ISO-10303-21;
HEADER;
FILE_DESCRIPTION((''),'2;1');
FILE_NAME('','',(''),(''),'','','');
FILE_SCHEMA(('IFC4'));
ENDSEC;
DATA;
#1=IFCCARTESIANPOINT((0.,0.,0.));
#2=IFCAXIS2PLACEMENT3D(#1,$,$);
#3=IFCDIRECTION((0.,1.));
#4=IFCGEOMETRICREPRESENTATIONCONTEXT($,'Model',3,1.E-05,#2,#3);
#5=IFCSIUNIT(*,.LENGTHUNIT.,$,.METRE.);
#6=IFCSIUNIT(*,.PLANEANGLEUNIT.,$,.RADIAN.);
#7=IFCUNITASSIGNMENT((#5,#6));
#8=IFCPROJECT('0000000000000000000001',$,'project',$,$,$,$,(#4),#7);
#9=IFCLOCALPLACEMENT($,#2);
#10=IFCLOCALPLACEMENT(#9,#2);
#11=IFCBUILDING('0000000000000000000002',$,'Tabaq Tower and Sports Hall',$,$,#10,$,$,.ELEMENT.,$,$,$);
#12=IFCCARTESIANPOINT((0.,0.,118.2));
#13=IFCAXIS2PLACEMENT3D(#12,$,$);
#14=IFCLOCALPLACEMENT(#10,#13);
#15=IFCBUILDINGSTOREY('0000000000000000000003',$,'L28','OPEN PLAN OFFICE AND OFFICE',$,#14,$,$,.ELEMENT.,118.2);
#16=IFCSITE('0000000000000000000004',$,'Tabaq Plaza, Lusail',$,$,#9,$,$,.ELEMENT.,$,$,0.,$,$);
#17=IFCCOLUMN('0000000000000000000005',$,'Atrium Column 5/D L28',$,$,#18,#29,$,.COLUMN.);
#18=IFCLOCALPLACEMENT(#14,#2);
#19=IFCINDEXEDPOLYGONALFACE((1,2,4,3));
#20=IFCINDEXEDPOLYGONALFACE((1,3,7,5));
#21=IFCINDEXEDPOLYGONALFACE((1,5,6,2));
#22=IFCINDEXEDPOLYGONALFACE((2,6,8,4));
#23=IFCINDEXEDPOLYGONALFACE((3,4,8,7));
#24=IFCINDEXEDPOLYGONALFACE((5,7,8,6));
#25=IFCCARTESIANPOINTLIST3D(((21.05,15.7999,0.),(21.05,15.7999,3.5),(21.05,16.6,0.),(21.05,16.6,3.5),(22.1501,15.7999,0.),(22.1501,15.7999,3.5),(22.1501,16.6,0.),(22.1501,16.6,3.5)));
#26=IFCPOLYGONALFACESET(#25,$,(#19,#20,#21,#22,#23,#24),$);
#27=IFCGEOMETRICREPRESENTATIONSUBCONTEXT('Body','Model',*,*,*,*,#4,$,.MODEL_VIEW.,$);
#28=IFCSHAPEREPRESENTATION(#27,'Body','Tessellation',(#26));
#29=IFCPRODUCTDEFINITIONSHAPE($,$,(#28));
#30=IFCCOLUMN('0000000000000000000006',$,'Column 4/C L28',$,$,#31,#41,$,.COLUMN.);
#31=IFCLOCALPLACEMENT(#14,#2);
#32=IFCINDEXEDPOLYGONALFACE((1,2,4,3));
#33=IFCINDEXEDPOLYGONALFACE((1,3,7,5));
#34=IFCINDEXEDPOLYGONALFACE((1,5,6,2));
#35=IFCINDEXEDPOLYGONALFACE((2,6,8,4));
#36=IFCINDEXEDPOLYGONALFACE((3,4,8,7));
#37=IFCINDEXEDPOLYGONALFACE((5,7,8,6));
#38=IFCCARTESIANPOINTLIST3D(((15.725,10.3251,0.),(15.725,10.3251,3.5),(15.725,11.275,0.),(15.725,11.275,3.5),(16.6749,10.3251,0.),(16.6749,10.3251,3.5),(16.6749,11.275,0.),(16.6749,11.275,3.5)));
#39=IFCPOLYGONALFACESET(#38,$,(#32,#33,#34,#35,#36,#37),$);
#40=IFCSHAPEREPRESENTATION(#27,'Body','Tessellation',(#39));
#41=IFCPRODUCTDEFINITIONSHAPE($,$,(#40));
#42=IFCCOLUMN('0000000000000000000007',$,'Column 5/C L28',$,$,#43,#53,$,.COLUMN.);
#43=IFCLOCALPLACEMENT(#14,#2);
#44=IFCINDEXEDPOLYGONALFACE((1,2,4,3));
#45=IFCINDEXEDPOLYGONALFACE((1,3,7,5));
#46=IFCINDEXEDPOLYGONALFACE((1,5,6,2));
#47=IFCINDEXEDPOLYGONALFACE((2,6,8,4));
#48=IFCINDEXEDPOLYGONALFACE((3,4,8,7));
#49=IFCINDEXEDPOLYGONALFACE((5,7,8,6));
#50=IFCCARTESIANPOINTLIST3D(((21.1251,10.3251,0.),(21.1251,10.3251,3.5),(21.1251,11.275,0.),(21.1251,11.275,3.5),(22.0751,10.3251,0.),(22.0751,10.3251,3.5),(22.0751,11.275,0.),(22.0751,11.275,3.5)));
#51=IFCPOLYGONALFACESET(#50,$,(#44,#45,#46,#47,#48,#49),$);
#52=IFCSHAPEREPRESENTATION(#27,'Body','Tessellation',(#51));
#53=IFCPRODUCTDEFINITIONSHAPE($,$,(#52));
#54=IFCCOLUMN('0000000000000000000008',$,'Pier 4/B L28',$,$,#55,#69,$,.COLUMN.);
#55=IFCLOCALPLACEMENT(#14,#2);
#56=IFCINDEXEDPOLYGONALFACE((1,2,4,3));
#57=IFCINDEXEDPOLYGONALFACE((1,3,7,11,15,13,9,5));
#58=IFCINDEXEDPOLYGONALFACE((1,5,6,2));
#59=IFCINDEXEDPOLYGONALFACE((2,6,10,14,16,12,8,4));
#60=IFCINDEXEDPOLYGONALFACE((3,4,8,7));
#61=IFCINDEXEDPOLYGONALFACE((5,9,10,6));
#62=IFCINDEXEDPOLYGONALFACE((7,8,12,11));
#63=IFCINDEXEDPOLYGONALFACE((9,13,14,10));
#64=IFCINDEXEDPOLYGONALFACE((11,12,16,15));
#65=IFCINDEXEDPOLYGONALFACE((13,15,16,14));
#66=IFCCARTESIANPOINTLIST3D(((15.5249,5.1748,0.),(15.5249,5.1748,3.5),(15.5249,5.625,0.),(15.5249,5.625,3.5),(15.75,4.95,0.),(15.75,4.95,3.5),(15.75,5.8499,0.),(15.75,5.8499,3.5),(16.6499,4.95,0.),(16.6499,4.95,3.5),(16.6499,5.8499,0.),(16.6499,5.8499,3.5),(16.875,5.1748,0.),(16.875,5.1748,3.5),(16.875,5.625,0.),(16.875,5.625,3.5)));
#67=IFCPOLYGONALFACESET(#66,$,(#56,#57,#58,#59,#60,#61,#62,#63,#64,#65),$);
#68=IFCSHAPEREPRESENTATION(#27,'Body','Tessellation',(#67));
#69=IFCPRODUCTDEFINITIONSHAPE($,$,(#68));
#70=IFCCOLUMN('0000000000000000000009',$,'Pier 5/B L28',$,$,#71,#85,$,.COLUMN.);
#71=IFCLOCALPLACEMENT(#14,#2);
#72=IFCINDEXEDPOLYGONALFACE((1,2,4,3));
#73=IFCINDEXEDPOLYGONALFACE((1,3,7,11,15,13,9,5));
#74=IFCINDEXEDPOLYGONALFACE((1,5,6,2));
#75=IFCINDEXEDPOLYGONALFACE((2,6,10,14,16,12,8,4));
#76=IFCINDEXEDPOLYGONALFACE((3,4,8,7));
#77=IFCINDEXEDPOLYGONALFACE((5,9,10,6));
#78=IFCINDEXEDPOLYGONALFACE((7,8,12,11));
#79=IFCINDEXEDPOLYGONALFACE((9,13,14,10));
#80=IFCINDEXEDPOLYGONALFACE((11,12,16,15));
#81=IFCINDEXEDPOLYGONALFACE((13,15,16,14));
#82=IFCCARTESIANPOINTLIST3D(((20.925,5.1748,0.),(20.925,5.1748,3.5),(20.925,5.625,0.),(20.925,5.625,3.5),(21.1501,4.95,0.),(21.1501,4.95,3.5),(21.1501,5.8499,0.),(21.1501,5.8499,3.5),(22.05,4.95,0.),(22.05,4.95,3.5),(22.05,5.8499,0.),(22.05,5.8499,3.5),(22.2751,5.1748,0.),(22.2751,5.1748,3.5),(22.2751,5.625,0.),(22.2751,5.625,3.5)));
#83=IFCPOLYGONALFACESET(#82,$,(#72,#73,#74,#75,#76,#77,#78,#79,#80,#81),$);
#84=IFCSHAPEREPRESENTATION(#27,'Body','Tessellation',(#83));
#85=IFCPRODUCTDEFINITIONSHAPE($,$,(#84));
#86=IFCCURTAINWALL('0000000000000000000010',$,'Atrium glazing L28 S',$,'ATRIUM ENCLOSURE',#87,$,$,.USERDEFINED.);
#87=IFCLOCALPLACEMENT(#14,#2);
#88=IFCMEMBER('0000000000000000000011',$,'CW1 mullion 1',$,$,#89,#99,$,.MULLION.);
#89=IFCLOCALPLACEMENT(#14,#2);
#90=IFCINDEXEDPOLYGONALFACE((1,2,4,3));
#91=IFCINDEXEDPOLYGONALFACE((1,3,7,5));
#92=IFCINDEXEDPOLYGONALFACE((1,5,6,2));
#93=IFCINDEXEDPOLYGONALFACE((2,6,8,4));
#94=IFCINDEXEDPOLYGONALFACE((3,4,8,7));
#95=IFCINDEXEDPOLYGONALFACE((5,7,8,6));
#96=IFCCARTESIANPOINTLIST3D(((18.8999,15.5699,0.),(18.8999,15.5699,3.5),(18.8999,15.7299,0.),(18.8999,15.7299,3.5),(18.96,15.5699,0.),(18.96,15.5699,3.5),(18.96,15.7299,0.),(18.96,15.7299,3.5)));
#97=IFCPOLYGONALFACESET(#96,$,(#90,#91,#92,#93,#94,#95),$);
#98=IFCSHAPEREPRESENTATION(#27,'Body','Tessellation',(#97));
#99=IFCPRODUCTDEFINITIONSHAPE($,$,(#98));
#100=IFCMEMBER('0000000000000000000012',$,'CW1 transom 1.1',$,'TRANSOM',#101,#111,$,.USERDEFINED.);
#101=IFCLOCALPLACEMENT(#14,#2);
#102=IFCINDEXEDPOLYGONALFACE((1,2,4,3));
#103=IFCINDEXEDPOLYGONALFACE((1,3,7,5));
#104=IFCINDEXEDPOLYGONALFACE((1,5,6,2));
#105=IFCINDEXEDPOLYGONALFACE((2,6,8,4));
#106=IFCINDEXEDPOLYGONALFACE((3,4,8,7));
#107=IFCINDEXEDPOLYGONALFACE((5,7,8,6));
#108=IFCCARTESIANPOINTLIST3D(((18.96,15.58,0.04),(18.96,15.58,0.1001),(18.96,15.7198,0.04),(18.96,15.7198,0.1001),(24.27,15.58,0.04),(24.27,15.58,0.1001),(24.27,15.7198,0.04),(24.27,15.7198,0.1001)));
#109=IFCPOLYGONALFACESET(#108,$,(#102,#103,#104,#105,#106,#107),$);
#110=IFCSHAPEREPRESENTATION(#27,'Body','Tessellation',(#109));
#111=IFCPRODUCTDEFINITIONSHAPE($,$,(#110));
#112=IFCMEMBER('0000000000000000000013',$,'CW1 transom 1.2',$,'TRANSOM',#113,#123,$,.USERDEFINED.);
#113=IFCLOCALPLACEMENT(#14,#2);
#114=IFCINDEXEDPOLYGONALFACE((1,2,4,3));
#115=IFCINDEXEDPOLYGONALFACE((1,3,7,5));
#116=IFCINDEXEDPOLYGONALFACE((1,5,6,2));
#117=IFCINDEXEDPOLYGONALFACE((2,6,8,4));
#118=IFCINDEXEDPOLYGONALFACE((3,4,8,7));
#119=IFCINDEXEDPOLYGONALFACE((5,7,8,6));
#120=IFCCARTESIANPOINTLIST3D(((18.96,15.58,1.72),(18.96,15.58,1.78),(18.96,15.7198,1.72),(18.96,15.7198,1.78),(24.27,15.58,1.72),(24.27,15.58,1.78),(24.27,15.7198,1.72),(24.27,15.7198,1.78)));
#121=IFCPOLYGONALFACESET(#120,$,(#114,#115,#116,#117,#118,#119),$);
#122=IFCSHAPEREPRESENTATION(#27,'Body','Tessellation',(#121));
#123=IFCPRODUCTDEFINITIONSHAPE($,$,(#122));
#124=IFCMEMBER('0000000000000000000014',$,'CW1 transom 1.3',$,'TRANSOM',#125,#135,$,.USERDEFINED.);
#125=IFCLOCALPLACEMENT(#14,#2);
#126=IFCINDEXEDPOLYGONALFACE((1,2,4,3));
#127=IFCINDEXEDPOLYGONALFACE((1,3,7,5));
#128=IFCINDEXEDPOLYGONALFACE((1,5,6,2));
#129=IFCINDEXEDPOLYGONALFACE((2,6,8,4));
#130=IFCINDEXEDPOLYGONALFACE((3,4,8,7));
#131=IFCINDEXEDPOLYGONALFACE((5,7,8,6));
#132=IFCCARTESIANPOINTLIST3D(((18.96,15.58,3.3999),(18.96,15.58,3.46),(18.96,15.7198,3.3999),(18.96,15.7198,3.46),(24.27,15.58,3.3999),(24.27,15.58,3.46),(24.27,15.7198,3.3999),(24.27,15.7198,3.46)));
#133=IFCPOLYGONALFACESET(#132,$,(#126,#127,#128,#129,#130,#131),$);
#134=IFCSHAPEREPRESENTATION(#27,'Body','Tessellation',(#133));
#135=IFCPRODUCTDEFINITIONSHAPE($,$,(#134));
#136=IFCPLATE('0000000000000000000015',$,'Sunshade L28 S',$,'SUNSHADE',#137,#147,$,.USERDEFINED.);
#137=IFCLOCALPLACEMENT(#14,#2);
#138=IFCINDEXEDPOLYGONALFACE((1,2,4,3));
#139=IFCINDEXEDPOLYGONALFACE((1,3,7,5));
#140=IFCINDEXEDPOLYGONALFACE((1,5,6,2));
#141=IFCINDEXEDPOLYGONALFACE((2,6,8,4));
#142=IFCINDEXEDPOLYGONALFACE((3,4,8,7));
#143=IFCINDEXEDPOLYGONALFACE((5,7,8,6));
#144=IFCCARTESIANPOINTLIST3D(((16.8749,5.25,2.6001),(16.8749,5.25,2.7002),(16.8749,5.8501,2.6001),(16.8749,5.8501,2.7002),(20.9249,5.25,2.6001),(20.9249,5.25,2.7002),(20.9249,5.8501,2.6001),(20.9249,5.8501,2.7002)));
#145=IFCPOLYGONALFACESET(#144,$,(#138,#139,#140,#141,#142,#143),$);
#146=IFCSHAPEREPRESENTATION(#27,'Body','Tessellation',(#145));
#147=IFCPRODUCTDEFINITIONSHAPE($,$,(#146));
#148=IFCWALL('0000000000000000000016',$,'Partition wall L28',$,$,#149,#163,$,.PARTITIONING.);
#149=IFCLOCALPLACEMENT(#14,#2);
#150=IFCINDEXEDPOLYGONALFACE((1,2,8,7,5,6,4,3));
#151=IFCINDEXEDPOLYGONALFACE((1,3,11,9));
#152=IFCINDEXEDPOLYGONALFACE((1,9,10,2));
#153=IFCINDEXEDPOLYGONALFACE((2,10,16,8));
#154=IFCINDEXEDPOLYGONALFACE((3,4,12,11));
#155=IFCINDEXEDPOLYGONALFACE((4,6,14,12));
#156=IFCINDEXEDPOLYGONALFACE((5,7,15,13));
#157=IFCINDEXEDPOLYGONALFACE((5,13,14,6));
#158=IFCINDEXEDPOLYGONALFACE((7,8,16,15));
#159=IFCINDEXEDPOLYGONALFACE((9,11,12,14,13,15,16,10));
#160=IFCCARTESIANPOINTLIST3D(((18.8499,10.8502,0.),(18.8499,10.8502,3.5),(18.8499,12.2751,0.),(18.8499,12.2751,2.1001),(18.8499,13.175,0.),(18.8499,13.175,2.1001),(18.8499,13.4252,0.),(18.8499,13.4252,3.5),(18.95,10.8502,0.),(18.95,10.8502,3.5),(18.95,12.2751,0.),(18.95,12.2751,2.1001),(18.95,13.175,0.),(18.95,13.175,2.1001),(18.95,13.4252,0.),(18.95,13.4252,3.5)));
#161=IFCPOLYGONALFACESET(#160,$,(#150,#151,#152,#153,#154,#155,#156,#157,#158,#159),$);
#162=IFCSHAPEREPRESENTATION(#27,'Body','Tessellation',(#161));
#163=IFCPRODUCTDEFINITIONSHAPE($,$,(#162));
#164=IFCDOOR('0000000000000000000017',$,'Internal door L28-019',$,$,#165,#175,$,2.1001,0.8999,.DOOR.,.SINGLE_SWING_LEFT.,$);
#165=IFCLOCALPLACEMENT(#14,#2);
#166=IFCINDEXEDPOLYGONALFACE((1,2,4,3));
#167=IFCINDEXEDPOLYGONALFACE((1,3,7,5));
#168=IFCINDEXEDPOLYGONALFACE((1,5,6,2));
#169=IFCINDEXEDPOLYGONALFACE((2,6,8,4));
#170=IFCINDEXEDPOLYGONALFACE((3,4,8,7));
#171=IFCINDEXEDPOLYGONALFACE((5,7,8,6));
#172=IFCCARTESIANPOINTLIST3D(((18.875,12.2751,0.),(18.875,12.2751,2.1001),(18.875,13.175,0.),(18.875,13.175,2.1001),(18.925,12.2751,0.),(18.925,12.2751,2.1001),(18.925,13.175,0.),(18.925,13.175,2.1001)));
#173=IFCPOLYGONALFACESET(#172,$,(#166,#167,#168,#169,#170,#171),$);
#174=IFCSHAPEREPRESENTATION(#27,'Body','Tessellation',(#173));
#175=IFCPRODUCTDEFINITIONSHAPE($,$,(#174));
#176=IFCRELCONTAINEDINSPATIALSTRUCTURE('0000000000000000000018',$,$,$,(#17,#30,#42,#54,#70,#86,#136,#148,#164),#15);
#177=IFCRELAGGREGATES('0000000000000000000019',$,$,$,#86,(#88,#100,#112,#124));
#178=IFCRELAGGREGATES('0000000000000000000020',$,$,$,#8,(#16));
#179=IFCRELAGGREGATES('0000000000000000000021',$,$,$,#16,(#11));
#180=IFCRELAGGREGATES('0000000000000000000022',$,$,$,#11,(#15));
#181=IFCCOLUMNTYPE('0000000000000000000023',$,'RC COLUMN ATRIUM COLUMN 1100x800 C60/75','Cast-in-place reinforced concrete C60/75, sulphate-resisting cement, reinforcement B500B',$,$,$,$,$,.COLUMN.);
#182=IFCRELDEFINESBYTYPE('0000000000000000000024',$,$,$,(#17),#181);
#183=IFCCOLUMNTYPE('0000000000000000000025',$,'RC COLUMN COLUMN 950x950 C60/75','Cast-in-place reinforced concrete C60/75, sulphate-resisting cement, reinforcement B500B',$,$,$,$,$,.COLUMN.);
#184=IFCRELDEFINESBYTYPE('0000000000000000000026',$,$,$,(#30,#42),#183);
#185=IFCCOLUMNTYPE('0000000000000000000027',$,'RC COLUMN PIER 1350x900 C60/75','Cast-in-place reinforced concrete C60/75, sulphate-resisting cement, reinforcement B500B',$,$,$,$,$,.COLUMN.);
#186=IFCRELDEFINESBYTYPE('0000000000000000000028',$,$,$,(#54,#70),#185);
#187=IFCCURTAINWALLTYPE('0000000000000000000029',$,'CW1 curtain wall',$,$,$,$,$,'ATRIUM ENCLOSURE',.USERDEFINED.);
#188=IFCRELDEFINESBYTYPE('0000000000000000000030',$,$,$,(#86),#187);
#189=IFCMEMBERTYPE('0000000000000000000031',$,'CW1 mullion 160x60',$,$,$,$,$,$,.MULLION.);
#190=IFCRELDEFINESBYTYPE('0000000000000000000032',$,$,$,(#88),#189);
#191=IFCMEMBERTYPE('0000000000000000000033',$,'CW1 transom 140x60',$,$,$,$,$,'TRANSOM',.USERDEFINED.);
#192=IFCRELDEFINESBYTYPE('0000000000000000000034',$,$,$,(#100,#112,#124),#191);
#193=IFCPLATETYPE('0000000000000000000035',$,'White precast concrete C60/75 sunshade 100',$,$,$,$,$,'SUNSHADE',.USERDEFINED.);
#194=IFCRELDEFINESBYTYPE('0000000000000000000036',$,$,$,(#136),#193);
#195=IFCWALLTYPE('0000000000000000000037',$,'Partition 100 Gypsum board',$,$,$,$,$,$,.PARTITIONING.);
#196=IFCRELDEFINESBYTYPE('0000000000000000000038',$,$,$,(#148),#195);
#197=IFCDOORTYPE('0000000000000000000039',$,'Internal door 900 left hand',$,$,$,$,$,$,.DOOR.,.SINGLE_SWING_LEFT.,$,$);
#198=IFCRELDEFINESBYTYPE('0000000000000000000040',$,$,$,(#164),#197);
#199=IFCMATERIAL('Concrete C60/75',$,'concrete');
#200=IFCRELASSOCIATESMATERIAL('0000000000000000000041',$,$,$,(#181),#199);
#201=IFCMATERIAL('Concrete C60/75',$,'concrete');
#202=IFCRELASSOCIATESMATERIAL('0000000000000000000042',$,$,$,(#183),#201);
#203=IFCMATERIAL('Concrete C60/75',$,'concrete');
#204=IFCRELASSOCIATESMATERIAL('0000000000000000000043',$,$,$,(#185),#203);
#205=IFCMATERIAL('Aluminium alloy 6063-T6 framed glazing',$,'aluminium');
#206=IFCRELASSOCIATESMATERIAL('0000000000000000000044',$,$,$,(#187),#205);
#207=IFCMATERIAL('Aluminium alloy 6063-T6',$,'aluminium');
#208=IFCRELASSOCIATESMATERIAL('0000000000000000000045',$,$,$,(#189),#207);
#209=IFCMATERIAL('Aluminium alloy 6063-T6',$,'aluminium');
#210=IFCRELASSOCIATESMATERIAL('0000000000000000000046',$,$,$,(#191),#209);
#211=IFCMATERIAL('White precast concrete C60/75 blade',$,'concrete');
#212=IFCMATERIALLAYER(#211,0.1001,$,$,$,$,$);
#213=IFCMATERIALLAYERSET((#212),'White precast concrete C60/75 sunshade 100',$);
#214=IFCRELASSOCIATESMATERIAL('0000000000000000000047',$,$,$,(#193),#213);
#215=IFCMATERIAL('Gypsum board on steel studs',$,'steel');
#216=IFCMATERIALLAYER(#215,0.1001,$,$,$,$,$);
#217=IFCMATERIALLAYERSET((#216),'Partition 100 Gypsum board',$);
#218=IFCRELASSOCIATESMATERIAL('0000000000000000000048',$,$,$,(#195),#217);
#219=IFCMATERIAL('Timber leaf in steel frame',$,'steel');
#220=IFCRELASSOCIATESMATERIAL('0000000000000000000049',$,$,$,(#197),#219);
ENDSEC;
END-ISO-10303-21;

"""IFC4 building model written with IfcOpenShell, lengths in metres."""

from ifc_helpers import new_model, si_unit, direction, frame, frame_2d, origin, origin_2d, place, context, subcontext, project, spatial, polyline, rectangle, outline, extrude, material, layer, layer_set, material_profile, profile_set, type_object, element, fill, aggregate, save


model = new_model("IFC4")

# Units and contexts
model_context = context("Model", 3, precision=1e-05, world=origin(), true_north=direction((0.0, 1.0)))
body_context = subcontext(model_context, "Body", "Model", "MODEL_VIEW")
ifc_project = project(units=[si_unit("LENGTHUNIT", "METRE"), si_unit("PLANEANGLEUNIT", "RADIAN")], contexts=[model_context])

# Site, building, storey
site_placement = place(None, origin())
site = spatial("IfcSite", under=ifc_project, at=site_placement, Name="Tabaq Plaza, Lusail", CompositionType="ELEMENT", RefElevation=0.0)
building_placement = place(site_placement, origin())
building = spatial("IfcBuilding", under=site, at=building_placement, Name="Tabaq Tower and Sports Hall", CompositionType="ELEMENT")
storey_placement = place(building_placement, frame((0.0, 0.0, 118.2)))
storey = spatial("IfcBuildingStorey", under=building, at=storey_placement, Name="L28", Description="OPEN PLAN OFFICE AND OFFICE", CompositionType="ELEMENT", Elevation=118.2)

# Columns
ifc_material_1 = material(Name="Concrete C60/75", Category="concrete")
ifc_material_profile_1 = material_profile(ifc_material_1, rectangle(XDim=1.1001, YDim=0.8, at=origin_2d()), Name="ATRIUM COLUMN 1100x800")
ifc_profile_set_1 = profile_set([ifc_material_profile_1], Name="Concrete C60/75")
column_type_1 = type_object("IfcColumnType", Name="RC COLUMN ATRIUM COLUMN 1100x800 C60/75", Description="Cast-in-place reinforced concrete C60/75, sulphate-resisting cement, reinforcement B500B", PredefinedType="COLUMN", material=ifc_profile_set_1)
column_placement = place(storey_placement, frame((21.6001, 16.2, 0.0), z_axis=(0.0, 0.0, 1.0), x_axis=(1.0, 0.0, 0.0)))
element("IfcColumn", 1, at=column_placement, inside=storey, type_object=column_type_1, Name="Atrium Column 5/D L28", PredefinedType="COLUMN", context=body_context, shape_type="SweptSolid", body=[
    extrude(rectangle(XDim=1.1001, YDim=0.8, at=origin_2d()), origin(), (0.0, 0.0, 1.0), 3.5),
])
ifc_material_2 = material(Name="Concrete C60/75", Category="concrete")
ifc_material_profile_2 = material_profile(ifc_material_2, rectangle(XDim=0.95, YDim=0.95, at=origin_2d()), Name="COLUMN 950x950")
ifc_profile_set_2 = profile_set([ifc_material_profile_2], Name="Concrete C60/75")
column_type_2 = type_object("IfcColumnType", Name="RC COLUMN COLUMN 950x950 C60/75", Description="Cast-in-place reinforced concrete C60/75, sulphate-resisting cement, reinforcement B500B", PredefinedType="COLUMN", material=ifc_profile_set_2)
for number, where, z_axis, x_axis, name in (
    (2, (16.2, 10.8, 0.0), (0.0, 0.0, 1.0), (1.0, 0.0, 0.0), "Column 4/C L28"),
    (3, (21.6001, 10.8, 0.0), (0.0, 0.0, 1.0), (1.0, 0.0, 0.0), "Column 5/C L28"),
):
    element("IfcColumn", number, at=place(storey_placement, frame(where, z_axis=z_axis, x_axis=x_axis)), inside=storey, type_object=column_type_2, Name=name, PredefinedType="COLUMN", context=body_context, shape_type="SweptSolid", body=[
        extrude(rectangle(XDim=0.95, YDim=0.95, at=origin_2d()), origin(), (0.0, 0.0, 1.0), 3.5),
    ])
ifc_material_3 = material(Name="Concrete C60/75", Category="concrete")
ifc_material_profile_3 = material_profile(ifc_material_3, outline(polyline([(-0.45, -0.45), (0.45, -0.45), (0.675, -0.2251), (0.675, 0.2251), (0.45, 0.45), (-0.45, 0.45), (-0.675, 0.2251), (-0.675, -0.2251), (-0.45, -0.45)])), Name="PIER 1350x900")
ifc_profile_set_3 = profile_set([ifc_material_profile_3], Name="Concrete C60/75")
column_type_3 = type_object("IfcColumnType", Name="RC COLUMN PIER 1350x900 C60/75", Description="Cast-in-place reinforced concrete C60/75, sulphate-resisting cement, reinforcement B500B", PredefinedType="COLUMN", material=ifc_profile_set_3)
for number, where, z_axis, x_axis, name in (
    (4, (16.2, 5.3999, 0.0), (0.0, 0.0, 1.0), (1.0, 0.0, 0.0), "Pier 4/B L28"),
    (5, (21.6001, 5.3999, 0.0), (0.0, 0.0, 1.0), (1.0, 0.0, 0.0), "Pier 5/B L28"),
):
    element("IfcColumn", number, at=place(storey_placement, frame(where, z_axis=z_axis, x_axis=x_axis)), inside=storey, type_object=column_type_3, Name=name, PredefinedType="COLUMN", context=body_context, shape_type="SweptSolid", body=[
        extrude(outline(polyline([(-0.45, -0.45), (0.45, -0.45), (0.675, -0.2251), (0.675, 0.2251), (0.45, 0.45), (-0.45, 0.45), (-0.675, 0.2251), (-0.675, -0.2251), (-0.45, -0.45)])), origin(), (0.0, 0.0, 1.0), 3.5),
    ])

# Curtain wall, members
ifc_material_4 = material(Name="Aluminium alloy 6063-T6 framed glazing", Category="aluminium")
curtain_wall_type = type_object("IfcCurtainWallType", Name="CW1 curtain wall", ElementType="ATRIUM ENCLOSURE", PredefinedType="USERDEFINED", material=ifc_material_4)
curtain_wall_placement = place(storey_placement, origin())
curtain_wall = element("IfcCurtainWall", 6, at=curtain_wall_placement, inside=storey, type_object=curtain_wall_type, Name="Atrium glazing L28 S", ObjectType="ATRIUM ENCLOSURE", PredefinedType="USERDEFINED")
ifc_material_5 = material(Name="Aluminium alloy 6063-T6", Category="aluminium")
ifc_material_profile_4 = material_profile(ifc_material_5, rectangle(XDim=0.1599, YDim=0.0601, at=origin_2d()), Name="MULLION 160x60")
ifc_profile_set_4 = profile_set([ifc_material_profile_4], Name="Aluminium alloy 6063-T6")
member_type_1 = type_object("IfcMemberType", Name="CW1 mullion 160x60", PredefinedType="MULLION", material=ifc_profile_set_4)
member_1_placement = place(storey_placement, frame((18.9299, 15.6499, 0.0), z_axis=(0.0, 0.0, 1.0), x_axis=(0.0, 1.0, 0.0)))
member_1 = element("IfcMember", 7, at=member_1_placement, type_object=member_type_1, Name="CW1 mullion 1", PredefinedType="MULLION", context=body_context, shape_type="SweptSolid", body=[
    extrude(rectangle(XDim=0.1599, YDim=0.0601, at=origin_2d()), origin(), (0.0, 0.0, 1.0), 3.5),
])
ifc_material_6 = material(Name="Aluminium alloy 6063-T6", Category="aluminium")
ifc_material_profile_5 = material_profile(ifc_material_6, rectangle(XDim=0.1399, YDim=0.0601, at=origin_2d()), Name="TRANSOM 140x60")
ifc_profile_set_5 = profile_set([ifc_material_profile_5], Name="Aluminium alloy 6063-T6")
member_type_2 = type_object("IfcMemberType", Name="CW1 transom 140x60", ElementType="TRANSOM", PredefinedType="USERDEFINED", material=ifc_profile_set_5)
member_2_placement = place(storey_placement, frame((18.96, 15.6499, 0.0701), z_axis=(1.0, 0.0, 0.0), x_axis=(0.0, 1.0, 0.0)))
member_2 = element("IfcMember", 8, at=member_2_placement, type_object=member_type_2, Name="CW1 transom 1.1", ObjectType="TRANSOM", PredefinedType="USERDEFINED", context=body_context, shape_type="SweptSolid", body=[
    extrude(rectangle(XDim=0.1399, YDim=0.0601, at=origin_2d()), origin(), (0.0, 0.0, 1.0), 5.3101),
])
member_3_placement = place(storey_placement, frame((18.96, 15.6499, 1.75), z_axis=(1.0, 0.0, 0.0), x_axis=(0.0, 1.0, 0.0)))
member_3 = element("IfcMember", 9, at=member_3_placement, type_object=member_type_2, Name="CW1 transom 1.2", ObjectType="TRANSOM", PredefinedType="USERDEFINED", context=body_context, shape_type="SweptSolid", body=[
    extrude(rectangle(XDim=0.1399, YDim=0.0601, at=origin_2d()), origin(), (0.0, 0.0, 1.0), 5.3101),
])
member_4_placement = place(storey_placement, frame((18.96, 15.6499, 3.4299), z_axis=(1.0, 0.0, 0.0), x_axis=(0.0, 1.0, 0.0)))
member_4 = element("IfcMember", 10, at=member_4_placement, type_object=member_type_2, Name="CW1 transom 1.3", ObjectType="TRANSOM", PredefinedType="USERDEFINED", context=body_context, shape_type="SweptSolid", body=[
    extrude(rectangle(XDim=0.1399, YDim=0.0601, at=origin_2d()), origin(), (0.0, 0.0, 1.0), 5.3101),
])
aggregate(curtain_wall, [member_1, member_2, member_3, member_4])

# Plate
ifc_material_7 = material(Name="White precast concrete C60/75 blade", Category="concrete")
ifc_layer_1 = layer(ifc_material_7, 0.1001)
ifc_layer_set_1 = layer_set([ifc_layer_1], Name="White precast concrete C60/75 sunshade 100")
plate_type = type_object("IfcPlateType", Name="White precast concrete C60/75 sunshade 100", ElementType="SUNSHADE", PredefinedType="USERDEFINED", material=ifc_layer_set_1)
plate_placement = place(storey_placement, frame((18.8999, 5.55, 2.6001), z_axis=(0.0, 0.0, 1.0), x_axis=(1.0, 0.0, 0.0)))
element("IfcPlate", 11, at=plate_placement, inside=storey, type_object=plate_type, Name="Sunshade L28 S", ObjectType="SUNSHADE", PredefinedType="USERDEFINED", context=body_context, shape_type="SweptSolid", body=[
    extrude(rectangle(XDim=4.05, YDim=0.6001, at=origin_2d()), origin(), (0.0, 0.0, 1.0), 0.1001),
])

# Wall, opening, door
ifc_material_8 = material(Name="Gypsum board on steel studs", Category="steel")
ifc_layer_2 = layer(ifc_material_8, 0.1001)
ifc_layer_set_2 = layer_set([ifc_layer_2], Name="Partition 100 Gypsum board")
wall_type_1 = type_object("IfcWallType", Name="Partition 100 Gypsum board", PredefinedType="PARTITIONING", material=ifc_layer_set_2)
wall_1_placement = place(storey_placement, frame((18.8999, 10.8501, 0.0), z_axis=(0.0, 0.0, 1.0), x_axis=(0.0, 1.0, 0.0)))
wall_1 = element("IfcWall", 12, at=wall_1_placement, inside=storey, type_object=wall_type_1, Name="Partition wall L28", PredefinedType="PARTITIONING", context=body_context, shape_type="SweptSolid", body=[
    extrude(rectangle(XDim=2.575, YDim=0.1001, at=frame_2d((1.2876, 0.0))), origin(), (0.0, 0.0, 1.0), 3.5),
])
opening_1_placement = place(wall_1_placement, frame((1.425, 0.0, 0.0)))
opening_1 = element("IfcOpeningElement", 13, at=opening_1_placement, cuts=wall_1, PredefinedType="OPENING", context=body_context, shape_type="SweptSolid", body=[
    extrude(rectangle(XDim=0.8999, YDim=2.1001, at=frame_2d((0.45, 1.05))), frame((0.0, 0.05, 0.0), z_axis=(0.0, -1.0, 0.0), x_axis=(1.0, 0.0, 0.0)), (0.0, 0.0, 1.0), 0.1001),
])
ifc_material_9 = material(Name="Timber leaf in steel frame", Category="steel")
door_type_1 = type_object("IfcDoorType", Name="Internal door 900 left hand", OperationType="SINGLE_SWING_LEFT", PredefinedType="DOOR", material=ifc_material_9)
door_1_placement = place(opening_1_placement, origin())
door_1 = element("IfcDoor", 14, at=door_1_placement, inside=storey, type_object=door_type_1, Name="Internal door L28-019", OperationType="SINGLE_SWING_LEFT", OverallHeight=2.1001, OverallWidth=0.8999, PredefinedType="DOOR", context=body_context, shape_type="SweptSolid", body=[
    extrude(rectangle(XDim=0.8999, YDim=2.1001, at=frame_2d((0.45, 1.05))), frame((0.0, 0.0249, 0.0), z_axis=(0.0, -1.0, 0.0), x_axis=(1.0, 0.0, 0.0)), (0.0, 0.0, 1.0), 0.05),
])
fill(opening_1, door_1)

save(model, "model.ifc")
